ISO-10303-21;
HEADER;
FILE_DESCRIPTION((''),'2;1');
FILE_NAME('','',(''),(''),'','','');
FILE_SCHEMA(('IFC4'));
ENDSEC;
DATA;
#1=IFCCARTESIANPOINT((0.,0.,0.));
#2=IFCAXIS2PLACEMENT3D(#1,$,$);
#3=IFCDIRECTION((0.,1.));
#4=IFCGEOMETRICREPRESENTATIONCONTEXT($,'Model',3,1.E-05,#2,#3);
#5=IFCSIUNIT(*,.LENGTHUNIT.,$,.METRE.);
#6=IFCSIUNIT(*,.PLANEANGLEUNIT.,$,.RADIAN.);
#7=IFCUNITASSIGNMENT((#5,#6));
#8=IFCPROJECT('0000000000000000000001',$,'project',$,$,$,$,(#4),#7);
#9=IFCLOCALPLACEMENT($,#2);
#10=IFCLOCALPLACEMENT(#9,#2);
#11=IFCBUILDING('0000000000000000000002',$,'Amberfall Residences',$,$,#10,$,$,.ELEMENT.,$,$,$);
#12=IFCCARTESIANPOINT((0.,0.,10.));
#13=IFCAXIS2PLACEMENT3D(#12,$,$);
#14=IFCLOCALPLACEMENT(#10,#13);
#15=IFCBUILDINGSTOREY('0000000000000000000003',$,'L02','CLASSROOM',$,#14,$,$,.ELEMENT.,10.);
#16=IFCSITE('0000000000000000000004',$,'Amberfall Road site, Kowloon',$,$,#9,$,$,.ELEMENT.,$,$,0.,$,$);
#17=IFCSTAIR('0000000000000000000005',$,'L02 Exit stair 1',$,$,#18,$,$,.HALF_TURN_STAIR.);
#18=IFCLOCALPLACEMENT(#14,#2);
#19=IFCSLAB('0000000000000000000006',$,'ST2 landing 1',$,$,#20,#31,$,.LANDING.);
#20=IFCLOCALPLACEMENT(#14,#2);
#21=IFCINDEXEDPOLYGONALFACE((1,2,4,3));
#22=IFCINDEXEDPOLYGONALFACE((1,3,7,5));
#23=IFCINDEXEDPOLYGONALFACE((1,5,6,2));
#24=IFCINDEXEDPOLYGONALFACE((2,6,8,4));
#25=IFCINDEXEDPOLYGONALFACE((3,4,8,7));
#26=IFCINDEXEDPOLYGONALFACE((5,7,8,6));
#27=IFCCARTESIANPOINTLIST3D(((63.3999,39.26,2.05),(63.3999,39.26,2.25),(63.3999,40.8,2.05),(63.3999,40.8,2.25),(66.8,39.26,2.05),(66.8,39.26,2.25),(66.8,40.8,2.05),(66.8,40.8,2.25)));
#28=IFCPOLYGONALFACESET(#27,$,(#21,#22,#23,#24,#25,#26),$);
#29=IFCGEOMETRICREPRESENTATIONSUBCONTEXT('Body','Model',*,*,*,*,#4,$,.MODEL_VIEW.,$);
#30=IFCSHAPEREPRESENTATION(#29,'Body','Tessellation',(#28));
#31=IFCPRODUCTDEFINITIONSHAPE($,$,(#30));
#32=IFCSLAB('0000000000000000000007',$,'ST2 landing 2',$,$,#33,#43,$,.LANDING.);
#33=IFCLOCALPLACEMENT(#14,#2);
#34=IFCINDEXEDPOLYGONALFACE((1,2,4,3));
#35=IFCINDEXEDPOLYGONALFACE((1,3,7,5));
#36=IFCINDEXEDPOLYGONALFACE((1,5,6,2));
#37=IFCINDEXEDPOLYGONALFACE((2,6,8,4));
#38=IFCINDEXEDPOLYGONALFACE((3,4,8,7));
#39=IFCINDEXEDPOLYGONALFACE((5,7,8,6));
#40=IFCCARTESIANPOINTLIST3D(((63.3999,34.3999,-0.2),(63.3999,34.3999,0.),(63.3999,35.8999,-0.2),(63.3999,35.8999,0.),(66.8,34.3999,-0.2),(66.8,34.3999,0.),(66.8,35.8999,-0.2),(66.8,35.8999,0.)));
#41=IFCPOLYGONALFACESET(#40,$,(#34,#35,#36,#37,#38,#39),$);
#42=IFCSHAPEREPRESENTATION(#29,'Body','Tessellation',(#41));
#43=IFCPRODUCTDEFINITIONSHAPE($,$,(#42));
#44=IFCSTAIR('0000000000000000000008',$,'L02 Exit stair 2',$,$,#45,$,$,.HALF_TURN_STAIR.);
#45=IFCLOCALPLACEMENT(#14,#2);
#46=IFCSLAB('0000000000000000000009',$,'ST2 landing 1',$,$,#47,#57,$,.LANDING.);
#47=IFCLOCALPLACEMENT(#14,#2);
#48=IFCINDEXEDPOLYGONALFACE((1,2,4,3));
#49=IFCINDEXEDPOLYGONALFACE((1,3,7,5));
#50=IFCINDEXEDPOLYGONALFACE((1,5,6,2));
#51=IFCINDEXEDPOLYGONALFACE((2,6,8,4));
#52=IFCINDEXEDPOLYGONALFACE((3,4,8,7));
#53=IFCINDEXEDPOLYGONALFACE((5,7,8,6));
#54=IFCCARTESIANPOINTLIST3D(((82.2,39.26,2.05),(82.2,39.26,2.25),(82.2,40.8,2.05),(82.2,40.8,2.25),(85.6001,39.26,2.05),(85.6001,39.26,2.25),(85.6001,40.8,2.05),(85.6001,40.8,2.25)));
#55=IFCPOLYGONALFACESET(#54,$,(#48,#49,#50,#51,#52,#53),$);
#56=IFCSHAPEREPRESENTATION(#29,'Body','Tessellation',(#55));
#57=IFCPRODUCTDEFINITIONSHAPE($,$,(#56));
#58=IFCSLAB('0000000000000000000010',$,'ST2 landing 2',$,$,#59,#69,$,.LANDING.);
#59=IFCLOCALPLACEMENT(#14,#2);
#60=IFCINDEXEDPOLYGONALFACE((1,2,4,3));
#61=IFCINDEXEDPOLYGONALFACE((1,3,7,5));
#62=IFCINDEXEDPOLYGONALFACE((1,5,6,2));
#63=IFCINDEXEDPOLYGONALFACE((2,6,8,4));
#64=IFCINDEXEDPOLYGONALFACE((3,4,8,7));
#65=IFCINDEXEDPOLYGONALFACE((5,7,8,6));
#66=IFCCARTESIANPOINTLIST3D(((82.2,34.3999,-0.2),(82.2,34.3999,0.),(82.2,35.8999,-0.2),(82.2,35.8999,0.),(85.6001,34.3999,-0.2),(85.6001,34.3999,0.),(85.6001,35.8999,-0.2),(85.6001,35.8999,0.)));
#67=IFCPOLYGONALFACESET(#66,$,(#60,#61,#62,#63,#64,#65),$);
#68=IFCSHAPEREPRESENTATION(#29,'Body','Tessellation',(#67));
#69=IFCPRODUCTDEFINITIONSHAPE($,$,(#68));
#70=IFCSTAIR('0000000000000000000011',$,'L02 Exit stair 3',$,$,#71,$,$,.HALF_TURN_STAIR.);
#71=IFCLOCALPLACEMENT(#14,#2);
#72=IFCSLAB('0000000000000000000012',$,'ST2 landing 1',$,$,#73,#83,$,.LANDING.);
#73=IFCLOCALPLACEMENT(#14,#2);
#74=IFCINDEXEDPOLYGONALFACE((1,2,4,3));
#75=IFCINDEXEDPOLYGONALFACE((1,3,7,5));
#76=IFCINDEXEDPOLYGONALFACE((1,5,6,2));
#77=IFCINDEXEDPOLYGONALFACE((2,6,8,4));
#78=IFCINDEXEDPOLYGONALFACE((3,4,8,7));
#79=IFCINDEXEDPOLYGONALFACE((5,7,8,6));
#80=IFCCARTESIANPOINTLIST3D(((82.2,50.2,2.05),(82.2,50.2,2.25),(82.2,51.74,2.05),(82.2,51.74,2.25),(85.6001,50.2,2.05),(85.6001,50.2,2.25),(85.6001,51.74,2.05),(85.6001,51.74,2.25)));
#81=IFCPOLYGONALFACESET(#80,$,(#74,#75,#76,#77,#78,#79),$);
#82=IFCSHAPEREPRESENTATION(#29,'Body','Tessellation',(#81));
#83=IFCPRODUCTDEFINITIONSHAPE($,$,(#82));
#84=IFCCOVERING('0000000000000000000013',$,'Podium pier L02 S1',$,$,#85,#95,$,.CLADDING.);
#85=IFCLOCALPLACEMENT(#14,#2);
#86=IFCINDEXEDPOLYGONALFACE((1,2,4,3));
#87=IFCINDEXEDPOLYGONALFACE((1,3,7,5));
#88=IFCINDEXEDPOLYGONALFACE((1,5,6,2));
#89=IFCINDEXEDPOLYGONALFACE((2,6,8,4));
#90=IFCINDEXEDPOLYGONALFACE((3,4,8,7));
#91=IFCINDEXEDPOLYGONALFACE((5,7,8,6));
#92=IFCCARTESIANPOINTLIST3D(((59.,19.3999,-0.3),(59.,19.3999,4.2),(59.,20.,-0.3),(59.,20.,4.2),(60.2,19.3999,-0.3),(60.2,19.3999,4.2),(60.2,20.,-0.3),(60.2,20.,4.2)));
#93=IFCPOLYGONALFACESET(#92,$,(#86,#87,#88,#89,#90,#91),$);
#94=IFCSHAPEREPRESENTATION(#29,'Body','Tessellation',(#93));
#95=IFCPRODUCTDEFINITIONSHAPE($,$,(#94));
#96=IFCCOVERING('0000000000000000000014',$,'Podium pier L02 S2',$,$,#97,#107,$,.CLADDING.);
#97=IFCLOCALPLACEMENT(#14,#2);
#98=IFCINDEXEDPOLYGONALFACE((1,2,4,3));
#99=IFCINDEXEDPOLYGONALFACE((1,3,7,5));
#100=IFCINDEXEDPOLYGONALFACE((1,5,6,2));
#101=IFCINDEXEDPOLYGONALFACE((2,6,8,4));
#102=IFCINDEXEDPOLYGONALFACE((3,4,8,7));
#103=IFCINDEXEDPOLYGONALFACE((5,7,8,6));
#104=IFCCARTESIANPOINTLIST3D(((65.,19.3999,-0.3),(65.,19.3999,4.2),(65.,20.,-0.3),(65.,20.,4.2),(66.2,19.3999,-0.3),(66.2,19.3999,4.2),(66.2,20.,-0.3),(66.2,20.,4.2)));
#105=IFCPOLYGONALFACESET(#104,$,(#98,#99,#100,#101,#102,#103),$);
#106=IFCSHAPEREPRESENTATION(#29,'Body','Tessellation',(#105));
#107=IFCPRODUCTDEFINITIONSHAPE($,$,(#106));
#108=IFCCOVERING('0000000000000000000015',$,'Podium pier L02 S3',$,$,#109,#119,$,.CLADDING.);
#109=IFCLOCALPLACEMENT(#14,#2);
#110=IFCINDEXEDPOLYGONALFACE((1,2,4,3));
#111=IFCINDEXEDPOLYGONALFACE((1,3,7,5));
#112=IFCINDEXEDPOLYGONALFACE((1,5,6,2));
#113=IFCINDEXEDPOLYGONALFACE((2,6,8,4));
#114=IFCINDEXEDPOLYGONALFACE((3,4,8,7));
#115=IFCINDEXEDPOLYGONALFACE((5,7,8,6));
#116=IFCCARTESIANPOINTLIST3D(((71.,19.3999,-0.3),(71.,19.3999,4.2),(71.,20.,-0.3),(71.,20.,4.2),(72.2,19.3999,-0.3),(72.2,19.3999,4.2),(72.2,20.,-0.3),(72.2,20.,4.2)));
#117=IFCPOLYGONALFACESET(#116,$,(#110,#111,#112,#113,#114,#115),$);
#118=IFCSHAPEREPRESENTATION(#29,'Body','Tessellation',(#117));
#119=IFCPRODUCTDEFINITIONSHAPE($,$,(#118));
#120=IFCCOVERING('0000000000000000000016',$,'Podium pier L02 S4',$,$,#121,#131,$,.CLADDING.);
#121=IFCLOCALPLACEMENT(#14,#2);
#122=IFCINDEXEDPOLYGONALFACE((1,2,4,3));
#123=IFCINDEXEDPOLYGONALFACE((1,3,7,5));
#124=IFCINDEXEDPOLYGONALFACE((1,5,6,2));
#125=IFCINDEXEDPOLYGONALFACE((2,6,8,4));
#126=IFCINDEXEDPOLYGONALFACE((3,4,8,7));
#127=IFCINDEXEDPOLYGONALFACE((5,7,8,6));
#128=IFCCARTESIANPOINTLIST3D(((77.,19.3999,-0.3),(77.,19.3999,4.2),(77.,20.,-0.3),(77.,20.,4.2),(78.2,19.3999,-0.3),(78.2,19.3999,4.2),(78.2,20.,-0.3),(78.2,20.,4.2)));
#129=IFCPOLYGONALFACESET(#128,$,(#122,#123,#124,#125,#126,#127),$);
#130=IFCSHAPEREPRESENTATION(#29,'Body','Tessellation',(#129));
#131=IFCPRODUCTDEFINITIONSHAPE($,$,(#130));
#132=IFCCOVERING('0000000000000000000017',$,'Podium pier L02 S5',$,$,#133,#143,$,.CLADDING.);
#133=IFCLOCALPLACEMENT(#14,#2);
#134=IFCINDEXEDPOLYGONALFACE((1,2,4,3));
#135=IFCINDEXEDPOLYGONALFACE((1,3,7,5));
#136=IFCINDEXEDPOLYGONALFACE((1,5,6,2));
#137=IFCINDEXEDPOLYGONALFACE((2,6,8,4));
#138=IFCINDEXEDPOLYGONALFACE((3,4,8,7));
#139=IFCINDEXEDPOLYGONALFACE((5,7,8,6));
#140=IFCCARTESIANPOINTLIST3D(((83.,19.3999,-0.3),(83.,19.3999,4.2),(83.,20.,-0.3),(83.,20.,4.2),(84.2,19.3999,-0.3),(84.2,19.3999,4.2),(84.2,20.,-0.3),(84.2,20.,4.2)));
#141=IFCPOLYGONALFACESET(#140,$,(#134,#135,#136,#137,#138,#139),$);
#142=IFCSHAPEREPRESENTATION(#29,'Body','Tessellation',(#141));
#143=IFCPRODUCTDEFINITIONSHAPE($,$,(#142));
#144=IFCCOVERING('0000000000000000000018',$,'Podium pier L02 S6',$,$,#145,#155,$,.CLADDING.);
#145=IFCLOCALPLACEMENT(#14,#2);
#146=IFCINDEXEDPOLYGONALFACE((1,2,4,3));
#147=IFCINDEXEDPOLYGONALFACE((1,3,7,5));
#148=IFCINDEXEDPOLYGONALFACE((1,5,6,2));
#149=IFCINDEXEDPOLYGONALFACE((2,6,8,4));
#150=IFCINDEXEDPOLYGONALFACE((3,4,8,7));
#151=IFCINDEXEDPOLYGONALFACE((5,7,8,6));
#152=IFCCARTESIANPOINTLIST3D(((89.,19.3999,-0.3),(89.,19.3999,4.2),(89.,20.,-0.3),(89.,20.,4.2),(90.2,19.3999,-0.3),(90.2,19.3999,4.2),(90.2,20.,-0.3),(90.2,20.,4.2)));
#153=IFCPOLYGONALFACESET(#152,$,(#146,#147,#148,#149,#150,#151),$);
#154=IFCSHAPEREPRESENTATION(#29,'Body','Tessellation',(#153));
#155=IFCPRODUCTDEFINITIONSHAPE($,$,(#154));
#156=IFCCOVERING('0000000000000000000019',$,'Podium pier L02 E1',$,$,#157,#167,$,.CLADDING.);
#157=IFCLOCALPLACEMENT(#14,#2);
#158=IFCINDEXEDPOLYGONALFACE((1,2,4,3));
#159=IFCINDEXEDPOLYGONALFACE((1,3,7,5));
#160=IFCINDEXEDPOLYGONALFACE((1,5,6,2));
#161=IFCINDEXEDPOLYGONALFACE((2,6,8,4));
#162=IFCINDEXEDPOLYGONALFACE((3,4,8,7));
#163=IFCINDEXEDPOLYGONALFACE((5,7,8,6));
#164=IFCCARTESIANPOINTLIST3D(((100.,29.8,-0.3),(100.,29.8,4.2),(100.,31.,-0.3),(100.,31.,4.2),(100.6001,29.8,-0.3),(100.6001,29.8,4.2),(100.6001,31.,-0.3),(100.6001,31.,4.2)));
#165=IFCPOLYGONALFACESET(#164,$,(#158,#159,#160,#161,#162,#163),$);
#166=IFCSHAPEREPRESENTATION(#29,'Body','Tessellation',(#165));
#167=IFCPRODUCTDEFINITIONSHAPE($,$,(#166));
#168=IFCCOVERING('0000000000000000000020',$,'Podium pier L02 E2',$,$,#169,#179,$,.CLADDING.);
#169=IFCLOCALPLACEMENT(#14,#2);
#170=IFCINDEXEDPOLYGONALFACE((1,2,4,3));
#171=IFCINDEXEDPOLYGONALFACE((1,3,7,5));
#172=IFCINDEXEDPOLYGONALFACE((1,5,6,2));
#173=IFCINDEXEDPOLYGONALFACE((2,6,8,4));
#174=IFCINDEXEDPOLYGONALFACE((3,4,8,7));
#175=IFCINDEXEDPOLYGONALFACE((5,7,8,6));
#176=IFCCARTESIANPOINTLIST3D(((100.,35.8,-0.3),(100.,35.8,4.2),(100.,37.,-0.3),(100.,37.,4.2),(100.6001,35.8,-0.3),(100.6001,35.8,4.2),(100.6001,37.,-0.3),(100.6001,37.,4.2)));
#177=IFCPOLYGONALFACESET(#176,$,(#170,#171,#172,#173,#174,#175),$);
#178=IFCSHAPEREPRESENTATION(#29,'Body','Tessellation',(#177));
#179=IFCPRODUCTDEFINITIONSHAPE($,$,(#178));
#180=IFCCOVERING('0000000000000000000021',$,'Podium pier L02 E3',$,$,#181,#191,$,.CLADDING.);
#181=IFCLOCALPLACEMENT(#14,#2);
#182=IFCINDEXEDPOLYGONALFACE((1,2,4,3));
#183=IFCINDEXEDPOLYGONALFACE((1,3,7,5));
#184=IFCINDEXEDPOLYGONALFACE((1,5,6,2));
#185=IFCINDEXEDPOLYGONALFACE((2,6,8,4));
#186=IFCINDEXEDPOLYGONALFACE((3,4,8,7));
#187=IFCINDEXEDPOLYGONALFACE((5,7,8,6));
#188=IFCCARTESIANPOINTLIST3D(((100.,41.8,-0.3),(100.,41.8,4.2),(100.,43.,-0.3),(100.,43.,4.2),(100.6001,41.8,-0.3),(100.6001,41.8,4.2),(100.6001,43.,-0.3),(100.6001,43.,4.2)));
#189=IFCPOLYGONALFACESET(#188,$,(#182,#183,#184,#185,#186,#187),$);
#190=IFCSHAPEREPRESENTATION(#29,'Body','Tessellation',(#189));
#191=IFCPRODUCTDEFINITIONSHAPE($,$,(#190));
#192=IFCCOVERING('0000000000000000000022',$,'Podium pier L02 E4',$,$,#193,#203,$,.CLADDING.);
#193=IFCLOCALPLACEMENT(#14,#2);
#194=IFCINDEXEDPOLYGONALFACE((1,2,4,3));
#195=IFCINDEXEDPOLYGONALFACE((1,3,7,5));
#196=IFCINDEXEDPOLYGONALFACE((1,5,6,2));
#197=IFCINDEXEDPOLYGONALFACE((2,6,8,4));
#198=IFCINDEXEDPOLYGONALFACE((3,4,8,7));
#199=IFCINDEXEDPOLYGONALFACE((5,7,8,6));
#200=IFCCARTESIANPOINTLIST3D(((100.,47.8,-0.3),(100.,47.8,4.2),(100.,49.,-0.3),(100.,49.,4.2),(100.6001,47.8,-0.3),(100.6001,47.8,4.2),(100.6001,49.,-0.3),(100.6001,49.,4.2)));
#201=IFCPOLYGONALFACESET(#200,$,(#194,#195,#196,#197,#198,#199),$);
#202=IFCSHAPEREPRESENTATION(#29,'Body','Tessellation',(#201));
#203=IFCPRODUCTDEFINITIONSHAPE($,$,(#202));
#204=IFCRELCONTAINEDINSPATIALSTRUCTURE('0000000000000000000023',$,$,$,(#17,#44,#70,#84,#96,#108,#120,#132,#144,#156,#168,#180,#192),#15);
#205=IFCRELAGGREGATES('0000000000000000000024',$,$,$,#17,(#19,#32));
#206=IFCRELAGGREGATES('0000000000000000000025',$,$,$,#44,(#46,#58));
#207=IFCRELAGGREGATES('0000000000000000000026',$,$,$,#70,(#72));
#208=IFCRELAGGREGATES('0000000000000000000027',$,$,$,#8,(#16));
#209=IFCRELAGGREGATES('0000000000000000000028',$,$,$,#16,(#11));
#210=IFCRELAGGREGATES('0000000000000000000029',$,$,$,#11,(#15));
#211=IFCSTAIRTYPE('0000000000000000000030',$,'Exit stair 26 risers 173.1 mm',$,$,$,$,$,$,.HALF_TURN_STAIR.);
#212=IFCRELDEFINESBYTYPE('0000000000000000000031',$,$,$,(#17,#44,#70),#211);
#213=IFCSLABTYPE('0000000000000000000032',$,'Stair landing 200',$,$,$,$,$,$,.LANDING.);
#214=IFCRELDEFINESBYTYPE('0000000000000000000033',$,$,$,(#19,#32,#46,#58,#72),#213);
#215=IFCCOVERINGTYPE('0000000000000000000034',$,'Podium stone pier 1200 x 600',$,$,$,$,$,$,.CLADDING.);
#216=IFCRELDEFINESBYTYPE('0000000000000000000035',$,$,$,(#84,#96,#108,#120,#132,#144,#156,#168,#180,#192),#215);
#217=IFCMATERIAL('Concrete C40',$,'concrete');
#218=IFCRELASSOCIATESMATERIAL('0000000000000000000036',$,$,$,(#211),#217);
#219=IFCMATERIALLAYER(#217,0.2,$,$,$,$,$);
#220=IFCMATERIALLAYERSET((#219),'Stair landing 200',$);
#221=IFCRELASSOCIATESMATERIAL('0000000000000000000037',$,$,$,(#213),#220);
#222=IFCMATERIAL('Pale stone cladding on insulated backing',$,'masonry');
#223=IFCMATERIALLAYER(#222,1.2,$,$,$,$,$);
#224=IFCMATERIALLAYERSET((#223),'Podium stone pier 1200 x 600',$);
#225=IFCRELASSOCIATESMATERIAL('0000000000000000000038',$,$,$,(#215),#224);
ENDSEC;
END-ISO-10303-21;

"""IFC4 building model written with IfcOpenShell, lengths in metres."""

from ifc_helpers import new_model, si_unit, direction, frame, origin, place, context, subcontext, project, spatial, polyline, outline, extrude, material, layer, layer_set, type_object, element, aggregate, save


model = new_model("IFC4")

# Units and contexts
model_context = context("Model", 3, precision=1e-05, world=origin(), true_north=direction((0.0, 1.0)))
body_context = subcontext(model_context, "Body", "Model", "MODEL_VIEW")
ifc_project = project(units=[si_unit("LENGTHUNIT", "METRE"), si_unit("PLANEANGLEUNIT", "RADIAN")], contexts=[model_context])

# Site, building, storey
site_placement = place(None, origin())
site = spatial("IfcSite", under=ifc_project, at=site_placement, Name="Amberfall Road site, Kowloon", CompositionType="ELEMENT", RefElevation=0.0)
building_placement = place(site_placement, origin())
building = spatial("IfcBuilding", under=site, at=building_placement, Name="Amberfall Residences", CompositionType="ELEMENT")
storey_placement = place(building_placement, frame((0.0, 0.0, 10.0)))
storey = spatial("IfcBuildingStorey", under=building, at=storey_placement, Name="L02", Description="CLASSROOM", CompositionType="ELEMENT", Elevation=10.0)

# Shared definitions
ifc_material_1 = material(Name="Concrete C40", Category="concrete")

# Stairs, slabs
stair_type = type_object("IfcStairType", Name="Exit stair 26 risers 173.1 mm", PredefinedType="HALF_TURN_STAIR", material=ifc_material_1)
stair_1_placement = place(storey_placement, origin())
stair_1 = element("IfcStair", 1, at=stair_1_placement, inside=storey, type_object=stair_type, Name="L02 Exit stair 1", PredefinedType="HALF_TURN_STAIR")
ifc_layer_1 = layer(ifc_material_1, 0.2)
ifc_layer_set_1 = layer_set([ifc_layer_1], Name="Stair landing 200")
slab_type_1 = type_object("IfcSlabType", Name="Stair landing 200", PredefinedType="LANDING", material=ifc_layer_set_1)
slab_1_placement = place(storey_placement, frame((0.0, 0.0, 2.05)))
slab_1 = element("IfcSlab", 2, at=slab_1_placement, type_object=slab_type_1, Name="ST2 landing 1", PredefinedType="LANDING", context=body_context, shape_type="SweptSolid", body=[
    extrude(outline(polyline([(66.8, 39.26), (66.8, 40.8), (63.3999, 40.8), (63.3999, 39.26), (66.8, 39.26)])), origin(), (0.0, 0.0, 1.0), 0.2),
])
slab_2_placement = place(storey_placement, frame((0.0, 0.0, -0.2)))
slab_2 = element("IfcSlab", 3, at=slab_2_placement, type_object=slab_type_1, Name="ST2 landing 2", PredefinedType="LANDING", context=body_context, shape_type="SweptSolid", body=[
    extrude(outline(polyline([(66.8, 34.3999), (66.8, 35.8999), (63.3999, 35.8999), (63.3999, 34.3999), (66.8, 34.3999)])), origin(), (0.0, 0.0, 1.0), 0.2),
])
aggregate(stair_1, [slab_1, slab_2])
stair_2_placement = place(storey_placement, origin())
stair_2 = element("IfcStair", 4, at=stair_2_placement, inside=storey, type_object=stair_type, Name="L02 Exit stair 2", PredefinedType="HALF_TURN_STAIR")
slab_3_placement = place(storey_placement, frame((0.0, 0.0, 2.05)))
slab_3 = element("IfcSlab", 5, at=slab_3_placement, type_object=slab_type_1, Name="ST2 landing 1", PredefinedType="LANDING", context=body_context, shape_type="SweptSolid", body=[
    extrude(outline(polyline([(85.6001, 39.26), (85.6001, 40.8), (82.2, 40.8), (82.2, 39.26), (85.6001, 39.26)])), origin(), (0.0, 0.0, 1.0), 0.2),
])
slab_4_placement = place(storey_placement, frame((0.0, 0.0, -0.2)))
slab_4 = element("IfcSlab", 6, at=slab_4_placement, type_object=slab_type_1, Name="ST2 landing 2", PredefinedType="LANDING", context=body_context, shape_type="SweptSolid", body=[
    extrude(outline(polyline([(85.6001, 34.3999), (85.6001, 35.8999), (82.2, 35.8999), (82.2, 34.3999), (85.6001, 34.3999)])), origin(), (0.0, 0.0, 1.0), 0.2),
])
aggregate(stair_2, [slab_3, slab_4])

# Stair, slab
stair_3_placement = place(storey_placement, origin())
stair_3 = element("IfcStair", 7, at=stair_3_placement, inside=storey, type_object=stair_type, Name="L02 Exit stair 3", PredefinedType="HALF_TURN_STAIR")
slab_5_placement = place(storey_placement, frame((0.0, 0.0, 2.05)))
slab_5 = element("IfcSlab", 8, at=slab_5_placement, type_object=slab_type_1, Name="ST2 landing 1", PredefinedType="LANDING", context=body_context, shape_type="SweptSolid", body=[
    extrude(outline(polyline([(82.2, 51.74), (82.2, 50.2), (85.6001, 50.2), (85.6001, 51.74), (82.2, 51.74)])), origin(), (0.0, 0.0, 1.0), 0.2),
])
aggregate(stair_3, [slab_5])

# Coverings
ifc_material_2 = material(Name="Pale stone cladding on insulated backing", Category="masonry")
ifc_layer_2 = layer(ifc_material_2, 1.2)
ifc_layer_set_2 = layer_set([ifc_layer_2], Name="Podium stone pier 1200 x 600")
covering_type = type_object("IfcCoveringType", Name="Podium stone pier 1200 x 600", PredefinedType="CLADDING", material=ifc_layer_set_2)
covering_1_placement = place(storey_placement, frame((0.0, 0.0, -0.3)))
element("IfcCovering", 9, at=covering_1_placement, inside=storey, type_object=covering_type, Name="Podium pier L02 S1", PredefinedType="CLADDING", context=body_context, shape_type="SweptSolid", body=[
    extrude(outline(polyline([(59.0, 20.0), (60.2, 20.0), (60.2, 19.3999), (59.0, 19.3999), (59.0, 20.0)])), origin(), (0.0, 0.0, 1.0), 4.5),
])
covering_2_placement = place(storey_placement, frame((0.0, 0.0, -0.3)))
element("IfcCovering", 10, at=covering_2_placement, inside=storey, type_object=covering_type, Name="Podium pier L02 S2", PredefinedType="CLADDING", context=body_context, shape_type="SweptSolid", body=[
    extrude(outline(polyline([(65.0, 20.0), (66.2, 20.0), (66.2, 19.3999), (65.0, 19.3999), (65.0, 20.0)])), origin(), (0.0, 0.0, 1.0), 4.5),
])
covering_3_placement = place(storey_placement, frame((0.0, 0.0, -0.3)))
element("IfcCovering", 11, at=covering_3_placement, inside=storey, type_object=covering_type, Name="Podium pier L02 S3", PredefinedType="CLADDING", context=body_context, shape_type="SweptSolid", body=[
    extrude(outline(polyline([(71.0, 20.0), (72.2, 20.0), (72.2, 19.3999), (71.0, 19.3999), (71.0, 20.0)])), origin(), (0.0, 0.0, 1.0), 4.5),
])
covering_4_placement = place(storey_placement, frame((0.0, 0.0, -0.3)))
element("IfcCovering", 12, at=covering_4_placement, inside=storey, type_object=covering_type, Name="Podium pier L02 S4", PredefinedType="CLADDING", context=body_context, shape_type="SweptSolid", body=[
    extrude(outline(polyline([(77.0, 20.0), (78.2, 20.0), (78.2, 19.3999), (77.0, 19.3999), (77.0, 20.0)])), origin(), (0.0, 0.0, 1.0), 4.5),
])
covering_5_placement = place(storey_placement, frame((0.0, 0.0, -0.3)))
element("IfcCovering", 13, at=covering_5_placement, inside=storey, type_object=covering_type, Name="Podium pier L02 S5", PredefinedType="CLADDING", context=body_context, shape_type="SweptSolid", body=[
    extrude(outline(polyline([(83.0, 20.0), (84.2, 20.0), (84.2, 19.3999), (83.0, 19.3999), (83.0, 20.0)])), origin(), (0.0, 0.0, 1.0), 4.5),
])
covering_6_placement = place(storey_placement, frame((0.0, 0.0, -0.3)))
element("IfcCovering", 14, at=covering_6_placement, inside=storey, type_object=covering_type, Name="Podium pier L02 S6", PredefinedType="CLADDING", context=body_context, shape_type="SweptSolid", body=[
    extrude(outline(polyline([(89.0, 20.0), (90.2, 20.0), (90.2, 19.3999), (89.0, 19.3999), (89.0, 20.0)])), origin(), (0.0, 0.0, 1.0), 4.5),
])
covering_7_placement = place(storey_placement, frame((0.0, 0.0, -0.3)))
element("IfcCovering", 15, at=covering_7_placement, inside=storey, type_object=covering_type, Name="Podium pier L02 E1", PredefinedType="CLADDING", context=body_context, shape_type="SweptSolid", body=[
    extrude(outline(polyline([(100.0, 29.8), (100.0, 31.0), (100.6001, 31.0), (100.6001, 29.8), (100.0, 29.8)])), origin(), (0.0, 0.0, 1.0), 4.5),
])
covering_8_placement = place(storey_placement, frame((0.0, 0.0, -0.3)))
element("IfcCovering", 16, at=covering_8_placement, inside=storey, type_object=covering_type, Name="Podium pier L02 E2", PredefinedType="CLADDING", context=body_context, shape_type="SweptSolid", body=[
    extrude(outline(polyline([(100.0, 35.8), (100.0, 37.0), (100.6001, 37.0), (100.6001, 35.8), (100.0, 35.8)])), origin(), (0.0, 0.0, 1.0), 4.5),
])
covering_9_placement = place(storey_placement, frame((0.0, 0.0, -0.3)))
element("IfcCovering", 17, at=covering_9_placement, inside=storey, type_object=covering_type, Name="Podium pier L02 E3", PredefinedType="CLADDING", context=body_context, shape_type="SweptSolid", body=[
    extrude(outline(polyline([(100.0, 41.8), (100.0, 43.0), (100.6001, 43.0), (100.6001, 41.8), (100.0, 41.8)])), origin(), (0.0, 0.0, 1.0), 4.5),
])
covering_10_placement = place(storey_placement, frame((0.0, 0.0, -0.3)))
element("IfcCovering", 18, at=covering_10_placement, inside=storey, type_object=covering_type, Name="Podium pier L02 E4", PredefinedType="CLADDING", context=body_context, shape_type="SweptSolid", body=[
    extrude(outline(polyline([(100.0, 47.8), (100.0, 49.0), (100.6001, 49.0), (100.6001, 47.8), (100.0, 47.8)])), origin(), (0.0, 0.0, 1.0), 4.5),
])

save(model, "model.ifc")
